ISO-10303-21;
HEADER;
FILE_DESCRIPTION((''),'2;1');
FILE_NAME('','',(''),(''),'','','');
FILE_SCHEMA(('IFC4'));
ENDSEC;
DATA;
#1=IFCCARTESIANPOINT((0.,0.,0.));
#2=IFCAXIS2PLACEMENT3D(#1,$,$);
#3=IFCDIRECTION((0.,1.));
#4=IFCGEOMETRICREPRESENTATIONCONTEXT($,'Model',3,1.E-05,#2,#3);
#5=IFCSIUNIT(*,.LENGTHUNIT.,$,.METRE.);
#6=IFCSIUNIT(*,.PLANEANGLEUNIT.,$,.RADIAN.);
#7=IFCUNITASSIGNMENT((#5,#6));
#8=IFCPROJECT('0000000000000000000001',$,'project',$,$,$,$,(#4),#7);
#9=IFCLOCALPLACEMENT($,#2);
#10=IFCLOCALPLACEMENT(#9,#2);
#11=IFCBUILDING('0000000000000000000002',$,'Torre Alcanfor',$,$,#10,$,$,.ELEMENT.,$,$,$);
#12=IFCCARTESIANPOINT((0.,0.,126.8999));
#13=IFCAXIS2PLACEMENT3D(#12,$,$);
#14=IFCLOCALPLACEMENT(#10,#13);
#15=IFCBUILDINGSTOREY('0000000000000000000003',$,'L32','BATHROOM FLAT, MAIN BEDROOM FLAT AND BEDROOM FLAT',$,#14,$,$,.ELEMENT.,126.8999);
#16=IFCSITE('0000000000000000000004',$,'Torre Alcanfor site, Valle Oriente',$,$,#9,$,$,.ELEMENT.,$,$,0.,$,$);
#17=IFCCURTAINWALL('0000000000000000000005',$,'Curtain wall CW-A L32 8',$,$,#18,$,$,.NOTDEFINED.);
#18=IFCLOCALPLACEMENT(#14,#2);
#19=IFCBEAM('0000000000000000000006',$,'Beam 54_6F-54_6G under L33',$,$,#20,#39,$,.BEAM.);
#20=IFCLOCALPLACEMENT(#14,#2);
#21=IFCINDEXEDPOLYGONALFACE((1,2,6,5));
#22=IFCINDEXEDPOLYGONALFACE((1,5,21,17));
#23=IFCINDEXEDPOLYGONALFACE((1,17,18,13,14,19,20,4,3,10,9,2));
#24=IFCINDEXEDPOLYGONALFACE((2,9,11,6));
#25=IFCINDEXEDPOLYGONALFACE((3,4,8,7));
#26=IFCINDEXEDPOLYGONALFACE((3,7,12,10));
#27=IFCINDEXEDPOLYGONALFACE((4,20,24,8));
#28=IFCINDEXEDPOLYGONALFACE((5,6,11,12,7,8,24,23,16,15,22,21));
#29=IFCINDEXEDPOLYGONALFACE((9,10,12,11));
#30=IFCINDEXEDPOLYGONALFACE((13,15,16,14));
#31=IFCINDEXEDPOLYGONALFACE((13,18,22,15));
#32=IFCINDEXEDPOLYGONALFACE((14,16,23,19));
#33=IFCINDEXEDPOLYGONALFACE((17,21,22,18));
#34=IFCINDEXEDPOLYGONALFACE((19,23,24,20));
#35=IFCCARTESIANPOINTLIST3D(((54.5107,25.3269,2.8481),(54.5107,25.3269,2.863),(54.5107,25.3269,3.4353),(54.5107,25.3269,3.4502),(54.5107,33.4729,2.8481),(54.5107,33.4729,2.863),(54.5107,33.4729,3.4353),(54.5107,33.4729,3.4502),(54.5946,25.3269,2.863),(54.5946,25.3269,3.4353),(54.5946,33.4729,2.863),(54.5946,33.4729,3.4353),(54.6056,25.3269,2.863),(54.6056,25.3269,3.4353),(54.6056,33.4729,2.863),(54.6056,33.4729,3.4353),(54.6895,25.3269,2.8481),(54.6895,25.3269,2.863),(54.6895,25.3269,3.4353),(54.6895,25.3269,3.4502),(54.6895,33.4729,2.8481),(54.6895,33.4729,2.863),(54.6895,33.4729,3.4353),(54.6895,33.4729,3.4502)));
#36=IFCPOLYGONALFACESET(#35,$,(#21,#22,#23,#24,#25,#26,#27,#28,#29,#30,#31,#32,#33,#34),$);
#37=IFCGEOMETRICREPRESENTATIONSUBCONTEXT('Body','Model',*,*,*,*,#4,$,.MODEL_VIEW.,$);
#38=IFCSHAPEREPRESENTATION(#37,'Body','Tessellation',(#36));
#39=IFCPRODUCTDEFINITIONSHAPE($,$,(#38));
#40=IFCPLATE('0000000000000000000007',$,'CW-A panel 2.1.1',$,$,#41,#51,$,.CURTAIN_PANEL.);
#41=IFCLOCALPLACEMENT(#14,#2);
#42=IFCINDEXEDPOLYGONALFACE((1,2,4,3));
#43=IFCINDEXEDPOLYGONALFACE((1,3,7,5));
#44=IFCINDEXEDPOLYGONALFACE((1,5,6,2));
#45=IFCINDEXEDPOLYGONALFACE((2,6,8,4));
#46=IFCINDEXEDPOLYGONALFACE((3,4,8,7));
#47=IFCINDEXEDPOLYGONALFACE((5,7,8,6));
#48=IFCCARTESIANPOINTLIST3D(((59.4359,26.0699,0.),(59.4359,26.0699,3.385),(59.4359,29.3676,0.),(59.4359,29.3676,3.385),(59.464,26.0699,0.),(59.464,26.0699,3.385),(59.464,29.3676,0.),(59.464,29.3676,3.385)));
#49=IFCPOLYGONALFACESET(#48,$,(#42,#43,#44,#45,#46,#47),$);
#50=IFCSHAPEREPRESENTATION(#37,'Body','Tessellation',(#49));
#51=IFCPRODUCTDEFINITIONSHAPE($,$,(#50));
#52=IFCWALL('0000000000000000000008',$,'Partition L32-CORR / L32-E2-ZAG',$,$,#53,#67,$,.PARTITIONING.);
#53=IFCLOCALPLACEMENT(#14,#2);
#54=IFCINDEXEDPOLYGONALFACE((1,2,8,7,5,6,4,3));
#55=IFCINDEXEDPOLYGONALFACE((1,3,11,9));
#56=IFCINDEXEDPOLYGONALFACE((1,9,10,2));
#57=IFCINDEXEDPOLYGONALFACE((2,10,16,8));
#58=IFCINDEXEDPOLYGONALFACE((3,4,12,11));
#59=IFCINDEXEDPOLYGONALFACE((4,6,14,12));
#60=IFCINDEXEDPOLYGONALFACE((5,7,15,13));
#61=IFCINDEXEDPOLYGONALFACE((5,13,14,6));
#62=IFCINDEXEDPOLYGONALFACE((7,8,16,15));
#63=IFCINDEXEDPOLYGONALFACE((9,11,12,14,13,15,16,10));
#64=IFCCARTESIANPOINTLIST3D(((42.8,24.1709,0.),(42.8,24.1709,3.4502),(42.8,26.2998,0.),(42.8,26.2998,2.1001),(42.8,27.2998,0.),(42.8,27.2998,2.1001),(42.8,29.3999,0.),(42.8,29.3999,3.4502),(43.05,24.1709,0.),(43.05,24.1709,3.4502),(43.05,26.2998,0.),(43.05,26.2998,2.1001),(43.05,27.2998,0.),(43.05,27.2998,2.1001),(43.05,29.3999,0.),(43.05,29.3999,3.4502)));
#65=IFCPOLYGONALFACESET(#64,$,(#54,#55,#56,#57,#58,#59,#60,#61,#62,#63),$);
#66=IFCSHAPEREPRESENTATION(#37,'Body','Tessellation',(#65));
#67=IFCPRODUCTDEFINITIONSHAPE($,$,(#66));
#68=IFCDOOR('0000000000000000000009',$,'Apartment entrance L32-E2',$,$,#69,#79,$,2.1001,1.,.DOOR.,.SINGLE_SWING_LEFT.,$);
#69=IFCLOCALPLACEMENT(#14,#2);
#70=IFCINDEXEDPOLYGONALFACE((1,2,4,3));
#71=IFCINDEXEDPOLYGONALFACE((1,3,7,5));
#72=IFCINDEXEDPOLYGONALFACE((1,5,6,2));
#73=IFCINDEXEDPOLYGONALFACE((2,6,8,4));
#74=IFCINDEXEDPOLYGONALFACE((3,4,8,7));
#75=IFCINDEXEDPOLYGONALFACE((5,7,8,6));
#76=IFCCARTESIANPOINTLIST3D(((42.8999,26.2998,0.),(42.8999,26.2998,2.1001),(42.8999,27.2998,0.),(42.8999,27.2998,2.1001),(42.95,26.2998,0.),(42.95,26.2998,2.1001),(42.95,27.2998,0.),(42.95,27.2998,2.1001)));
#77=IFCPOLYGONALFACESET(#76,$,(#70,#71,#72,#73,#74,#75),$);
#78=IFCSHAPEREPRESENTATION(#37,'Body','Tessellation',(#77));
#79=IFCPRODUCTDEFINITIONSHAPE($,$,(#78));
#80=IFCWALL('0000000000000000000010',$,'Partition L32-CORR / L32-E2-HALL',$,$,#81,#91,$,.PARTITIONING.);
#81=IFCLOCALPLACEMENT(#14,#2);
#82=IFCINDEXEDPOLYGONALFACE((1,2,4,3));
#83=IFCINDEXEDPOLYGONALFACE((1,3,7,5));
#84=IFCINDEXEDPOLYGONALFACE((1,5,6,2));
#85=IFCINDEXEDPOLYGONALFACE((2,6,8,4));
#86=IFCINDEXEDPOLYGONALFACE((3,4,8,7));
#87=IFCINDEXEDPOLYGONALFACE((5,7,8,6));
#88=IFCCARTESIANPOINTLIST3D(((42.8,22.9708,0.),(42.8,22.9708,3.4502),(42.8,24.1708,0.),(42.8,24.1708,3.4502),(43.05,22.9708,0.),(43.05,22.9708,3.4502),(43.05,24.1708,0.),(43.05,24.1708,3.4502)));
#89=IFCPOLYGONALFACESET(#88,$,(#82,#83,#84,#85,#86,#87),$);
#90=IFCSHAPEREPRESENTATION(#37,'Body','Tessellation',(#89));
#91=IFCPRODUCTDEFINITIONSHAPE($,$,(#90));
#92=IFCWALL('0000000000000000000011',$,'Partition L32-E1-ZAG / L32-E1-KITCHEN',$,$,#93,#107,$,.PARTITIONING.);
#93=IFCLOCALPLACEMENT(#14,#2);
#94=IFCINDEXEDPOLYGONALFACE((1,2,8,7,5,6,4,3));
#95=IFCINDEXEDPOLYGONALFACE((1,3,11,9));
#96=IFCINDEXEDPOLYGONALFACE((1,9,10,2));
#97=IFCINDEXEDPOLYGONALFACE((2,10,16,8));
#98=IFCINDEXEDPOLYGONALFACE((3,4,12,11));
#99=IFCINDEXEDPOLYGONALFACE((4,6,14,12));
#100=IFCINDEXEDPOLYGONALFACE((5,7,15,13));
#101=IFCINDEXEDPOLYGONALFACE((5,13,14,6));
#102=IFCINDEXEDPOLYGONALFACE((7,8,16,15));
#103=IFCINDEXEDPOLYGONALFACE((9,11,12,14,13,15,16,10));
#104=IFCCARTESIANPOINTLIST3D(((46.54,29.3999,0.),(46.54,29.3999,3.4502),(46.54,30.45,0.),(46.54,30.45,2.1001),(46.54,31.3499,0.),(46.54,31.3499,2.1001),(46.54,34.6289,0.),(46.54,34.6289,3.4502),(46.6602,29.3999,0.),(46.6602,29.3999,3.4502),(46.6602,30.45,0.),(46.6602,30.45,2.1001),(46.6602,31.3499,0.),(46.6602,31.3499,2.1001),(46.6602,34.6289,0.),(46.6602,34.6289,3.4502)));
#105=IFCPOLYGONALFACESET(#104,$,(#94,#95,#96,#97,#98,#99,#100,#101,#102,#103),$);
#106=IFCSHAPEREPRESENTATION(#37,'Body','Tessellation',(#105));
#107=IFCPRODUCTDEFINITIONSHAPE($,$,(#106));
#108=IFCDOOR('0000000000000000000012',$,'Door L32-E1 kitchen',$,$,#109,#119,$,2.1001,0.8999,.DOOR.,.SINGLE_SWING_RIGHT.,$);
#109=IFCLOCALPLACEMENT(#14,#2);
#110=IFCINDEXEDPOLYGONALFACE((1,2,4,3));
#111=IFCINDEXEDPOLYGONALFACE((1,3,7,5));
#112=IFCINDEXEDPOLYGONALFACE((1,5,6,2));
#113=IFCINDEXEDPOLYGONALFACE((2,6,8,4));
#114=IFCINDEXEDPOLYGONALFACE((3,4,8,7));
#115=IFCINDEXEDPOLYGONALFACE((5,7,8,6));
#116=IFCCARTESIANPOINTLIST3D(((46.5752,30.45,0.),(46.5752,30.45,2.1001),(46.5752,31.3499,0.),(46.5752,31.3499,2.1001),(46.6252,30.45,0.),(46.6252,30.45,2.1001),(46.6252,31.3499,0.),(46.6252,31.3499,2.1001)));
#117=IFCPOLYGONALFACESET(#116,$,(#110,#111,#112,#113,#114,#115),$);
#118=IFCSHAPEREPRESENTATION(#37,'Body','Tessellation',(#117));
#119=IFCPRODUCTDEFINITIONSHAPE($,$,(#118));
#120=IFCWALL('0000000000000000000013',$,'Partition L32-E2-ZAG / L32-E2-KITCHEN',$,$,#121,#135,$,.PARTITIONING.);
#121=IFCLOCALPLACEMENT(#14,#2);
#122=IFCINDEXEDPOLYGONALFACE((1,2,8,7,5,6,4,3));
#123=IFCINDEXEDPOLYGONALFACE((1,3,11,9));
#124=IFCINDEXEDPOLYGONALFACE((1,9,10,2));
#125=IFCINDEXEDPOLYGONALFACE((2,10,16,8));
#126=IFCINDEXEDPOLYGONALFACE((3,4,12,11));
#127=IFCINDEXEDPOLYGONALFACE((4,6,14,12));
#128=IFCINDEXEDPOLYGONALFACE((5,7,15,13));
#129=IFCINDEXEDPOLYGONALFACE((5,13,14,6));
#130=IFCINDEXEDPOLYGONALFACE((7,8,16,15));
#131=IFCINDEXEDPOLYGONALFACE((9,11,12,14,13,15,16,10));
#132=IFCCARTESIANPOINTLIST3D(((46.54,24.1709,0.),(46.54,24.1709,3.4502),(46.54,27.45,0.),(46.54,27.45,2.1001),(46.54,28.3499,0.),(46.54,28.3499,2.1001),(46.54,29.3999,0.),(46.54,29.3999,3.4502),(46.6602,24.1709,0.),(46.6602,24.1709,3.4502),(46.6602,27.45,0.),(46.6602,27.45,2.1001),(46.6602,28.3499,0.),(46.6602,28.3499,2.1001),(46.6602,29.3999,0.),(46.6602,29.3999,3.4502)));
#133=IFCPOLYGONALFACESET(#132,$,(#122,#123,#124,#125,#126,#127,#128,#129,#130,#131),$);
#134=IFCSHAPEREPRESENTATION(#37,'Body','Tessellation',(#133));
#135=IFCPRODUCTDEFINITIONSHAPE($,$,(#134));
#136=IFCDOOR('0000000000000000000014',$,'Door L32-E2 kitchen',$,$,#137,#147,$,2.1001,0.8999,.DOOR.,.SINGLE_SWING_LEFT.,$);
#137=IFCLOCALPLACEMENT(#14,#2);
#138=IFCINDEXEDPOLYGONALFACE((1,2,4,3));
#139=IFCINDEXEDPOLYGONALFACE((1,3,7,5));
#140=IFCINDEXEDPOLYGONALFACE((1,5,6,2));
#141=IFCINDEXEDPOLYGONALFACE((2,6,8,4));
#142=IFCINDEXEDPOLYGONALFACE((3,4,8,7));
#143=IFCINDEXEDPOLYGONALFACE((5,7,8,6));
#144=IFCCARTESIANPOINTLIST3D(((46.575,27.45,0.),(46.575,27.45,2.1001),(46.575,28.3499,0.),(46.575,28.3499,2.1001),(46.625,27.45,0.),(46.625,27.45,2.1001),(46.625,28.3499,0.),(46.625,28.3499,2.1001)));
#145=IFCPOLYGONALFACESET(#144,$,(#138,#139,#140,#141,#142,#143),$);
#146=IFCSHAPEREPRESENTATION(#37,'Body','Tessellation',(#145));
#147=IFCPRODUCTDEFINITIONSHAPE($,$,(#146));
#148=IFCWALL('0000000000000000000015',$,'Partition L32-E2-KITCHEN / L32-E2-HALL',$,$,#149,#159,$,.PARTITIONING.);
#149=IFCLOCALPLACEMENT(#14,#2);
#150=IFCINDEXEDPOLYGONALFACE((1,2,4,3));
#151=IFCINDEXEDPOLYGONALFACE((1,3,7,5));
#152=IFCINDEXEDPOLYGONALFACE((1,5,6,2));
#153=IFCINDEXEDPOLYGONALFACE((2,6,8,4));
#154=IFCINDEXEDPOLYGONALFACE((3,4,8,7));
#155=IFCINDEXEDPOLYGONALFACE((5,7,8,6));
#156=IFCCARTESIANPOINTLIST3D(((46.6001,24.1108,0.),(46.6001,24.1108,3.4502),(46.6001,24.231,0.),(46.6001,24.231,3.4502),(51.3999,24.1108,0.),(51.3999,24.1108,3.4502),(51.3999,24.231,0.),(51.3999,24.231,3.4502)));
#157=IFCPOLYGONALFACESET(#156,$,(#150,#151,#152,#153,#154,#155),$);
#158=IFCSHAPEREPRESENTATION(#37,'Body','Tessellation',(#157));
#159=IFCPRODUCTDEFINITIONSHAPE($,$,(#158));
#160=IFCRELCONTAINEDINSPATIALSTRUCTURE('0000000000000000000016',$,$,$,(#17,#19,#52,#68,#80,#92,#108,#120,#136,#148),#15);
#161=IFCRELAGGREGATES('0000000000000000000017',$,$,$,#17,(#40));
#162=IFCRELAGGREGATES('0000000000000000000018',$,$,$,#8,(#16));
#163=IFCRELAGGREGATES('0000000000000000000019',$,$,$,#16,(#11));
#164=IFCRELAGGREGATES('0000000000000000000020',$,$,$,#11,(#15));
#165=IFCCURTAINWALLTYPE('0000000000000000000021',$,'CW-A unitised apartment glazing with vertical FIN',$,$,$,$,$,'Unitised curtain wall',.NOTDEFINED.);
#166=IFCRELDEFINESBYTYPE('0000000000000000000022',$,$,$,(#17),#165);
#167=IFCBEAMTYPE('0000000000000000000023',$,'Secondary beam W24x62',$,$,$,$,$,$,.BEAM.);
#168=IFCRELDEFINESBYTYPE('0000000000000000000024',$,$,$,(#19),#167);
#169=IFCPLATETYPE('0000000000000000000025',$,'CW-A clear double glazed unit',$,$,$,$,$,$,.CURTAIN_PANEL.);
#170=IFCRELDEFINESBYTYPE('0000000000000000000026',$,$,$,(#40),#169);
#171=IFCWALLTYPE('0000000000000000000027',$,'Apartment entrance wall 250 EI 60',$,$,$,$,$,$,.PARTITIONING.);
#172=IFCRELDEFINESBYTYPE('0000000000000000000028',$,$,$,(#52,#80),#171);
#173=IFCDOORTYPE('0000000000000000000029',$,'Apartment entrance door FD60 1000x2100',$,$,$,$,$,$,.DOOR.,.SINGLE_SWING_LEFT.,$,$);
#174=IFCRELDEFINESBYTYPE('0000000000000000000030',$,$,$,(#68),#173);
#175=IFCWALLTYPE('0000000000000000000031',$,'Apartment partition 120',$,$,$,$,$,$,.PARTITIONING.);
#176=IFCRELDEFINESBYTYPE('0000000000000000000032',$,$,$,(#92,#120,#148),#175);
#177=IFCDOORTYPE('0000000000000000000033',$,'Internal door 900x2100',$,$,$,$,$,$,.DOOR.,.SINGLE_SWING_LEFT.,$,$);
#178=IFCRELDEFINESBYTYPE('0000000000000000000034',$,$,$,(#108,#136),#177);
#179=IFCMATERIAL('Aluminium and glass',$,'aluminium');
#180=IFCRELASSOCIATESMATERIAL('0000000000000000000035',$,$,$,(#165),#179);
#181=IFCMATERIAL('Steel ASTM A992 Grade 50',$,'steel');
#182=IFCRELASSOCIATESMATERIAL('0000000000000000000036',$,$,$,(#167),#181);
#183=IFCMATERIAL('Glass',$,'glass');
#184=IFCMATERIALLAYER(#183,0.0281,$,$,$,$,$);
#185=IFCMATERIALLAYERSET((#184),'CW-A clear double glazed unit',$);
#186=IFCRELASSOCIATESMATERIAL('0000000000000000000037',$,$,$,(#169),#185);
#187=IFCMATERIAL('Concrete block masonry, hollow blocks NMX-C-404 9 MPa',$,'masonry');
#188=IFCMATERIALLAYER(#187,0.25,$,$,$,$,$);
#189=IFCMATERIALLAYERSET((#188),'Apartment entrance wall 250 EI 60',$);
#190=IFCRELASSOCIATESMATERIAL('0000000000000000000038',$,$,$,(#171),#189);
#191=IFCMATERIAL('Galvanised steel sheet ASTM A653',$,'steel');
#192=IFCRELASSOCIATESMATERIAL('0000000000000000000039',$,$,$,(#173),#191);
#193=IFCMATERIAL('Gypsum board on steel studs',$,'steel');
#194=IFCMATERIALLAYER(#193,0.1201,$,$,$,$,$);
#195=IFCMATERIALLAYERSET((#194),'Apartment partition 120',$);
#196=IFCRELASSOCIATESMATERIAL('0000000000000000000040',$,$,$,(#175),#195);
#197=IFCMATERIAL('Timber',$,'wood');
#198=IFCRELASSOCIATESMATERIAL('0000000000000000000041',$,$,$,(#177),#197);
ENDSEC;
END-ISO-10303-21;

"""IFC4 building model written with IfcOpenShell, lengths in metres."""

from ifc_helpers import new_model, si_unit, direction, frame, frame_2d, origin, origin_2d, place, context, subcontext, project, spatial, rectangle, i_section, extrude, material, layer, layer_set, material_profile, profile_set, type_object, element, fill, aggregate, save


model = new_model("IFC4")

# Units and contexts
model_context = context("Model", 3, precision=1e-05, world=origin(), true_north=direction((0.0, 1.0)))
body_context = subcontext(model_context, "Body", "Model", "MODEL_VIEW")
ifc_project = project(units=[si_unit("LENGTHUNIT", "METRE"), si_unit("PLANEANGLEUNIT", "RADIAN")], contexts=[model_context])

# Site, building, storey
site_placement = place(None, origin())
site = spatial("IfcSite", under=ifc_project, at=site_placement, Name="Torre Alcanfor site, Valle Oriente", CompositionType="ELEMENT", RefElevation=0.0)
building_placement = place(site_placement, origin())
building = spatial("IfcBuilding", under=site, at=building_placement, Name="Torre Alcanfor", CompositionType="ELEMENT")
storey_placement = place(building_placement, frame((0.0, 0.0, 126.8999)))
storey = spatial("IfcBuildingStorey", under=building, at=storey_placement, Name="L32", Description="BATHROOM FLAT, MAIN BEDROOM FLAT AND BEDROOM FLAT", CompositionType="ELEMENT", Elevation=126.8999)

# Curtain wall
ifc_material_1 = material(Name="Aluminium and glass", Category="aluminium")
curtain_wall_type = type_object("IfcCurtainWallType", Name="CW-A unitised apartment glazing with vertical FIN", ElementType="Unitised curtain wall", PredefinedType="NOTDEFINED", material=ifc_material_1)
curtain_wall_placement = place(storey_placement, origin())
curtain_wall = element("IfcCurtainWall", 1, at=curtain_wall_placement, inside=storey, type_object=curtain_wall_type, Name="Curtain wall CW-A L32 8", PredefinedType="NOTDEFINED")

# Beam
ifc_material_2 = material(Name="Steel ASTM A992 Grade 50", Category="steel")
ifc_material_profile_1 = material_profile(ifc_material_2, i_section(OverallWidth=0.1787, OverallDepth=0.6021, WebThickness=0.011, FlangeThickness=0.0149, at=origin_2d()), Name="W24x62")
ifc_profile_set_1 = profile_set([ifc_material_profile_1], Name="Steel ASTM A992 Grade 50")
beam_type_1 = type_object("IfcBeamType", Name="Secondary beam W24x62", PredefinedType="BEAM", material=ifc_profile_set_1)
for number, where, z_axis, x_axis, name in (
    (2, (54.6001, 25.3269, 3.1492), (0.0, 1.0, 0.0), (-1.0, 0.0, 0.0), "Beam 54_6F-54_6G under L33"),
):
    element("IfcBeam", number, at=place(storey_placement, frame(where, z_axis=z_axis, x_axis=x_axis)), inside=storey, type_object=beam_type_1, Name=name, PredefinedType="BEAM", context=body_context, shape_type="SweptSolid", body=[
        extrude(i_section(OverallWidth=0.1787, OverallDepth=0.6021, WebThickness=0.011, FlangeThickness=0.0149, at=origin_2d()), origin(), (0.0, 0.0, 1.0), 8.146),
    ])

# Plate
ifc_material_3 = material(Name="Glass", Category="glass")
ifc_layer_1 = layer(ifc_material_3, 0.0281)
ifc_layer_set_1 = layer_set([ifc_layer_1], Name="CW-A clear double glazed unit")
plate_type = type_object("IfcPlateType", Name="CW-A clear double glazed unit", PredefinedType="CURTAIN_PANEL", material=ifc_layer_set_1)
plate_placement = place(storey_placement, frame((59.45, 27.7188, 0.0), z_axis=(0.0, 0.0, 1.0), x_axis=(0.0, 1.0, 0.0)))
plate = element("IfcPlate", 3, at=plate_placement, type_object=plate_type, Name="CW-A panel 2.1.1", PredefinedType="CURTAIN_PANEL", context=body_context, shape_type="SweptSolid", body=[
    extrude(rectangle(XDim=3.2976, YDim=0.0281, at=origin_2d()), origin(), (0.0, 0.0, 1.0), 3.385),
])
aggregate(curtain_wall, [plate])

# Wall, opening, door
ifc_material_4 = material(Name="Concrete block masonry, hollow blocks NMX-C-404 9 MPa", Category="masonry")
ifc_layer_2 = layer(ifc_material_4, 0.25)
ifc_layer_set_2 = layer_set([ifc_layer_2], Name="Apartment entrance wall 250 EI 60")
wall_type_1 = type_object("IfcWallType", Name="Apartment entrance wall 250 EI 60", PredefinedType="PARTITIONING", material=ifc_layer_set_2)
wall_1_placement = place(storey_placement, frame((42.925, 29.3999, 0.0), z_axis=(0.0, 0.0, 1.0), x_axis=(0.0, -1.0, 0.0)))
wall_1 = element("IfcWall", 4, at=wall_1_placement, inside=storey, type_object=wall_type_1, Name="Partition L32-CORR / L32-E2-ZAG", PredefinedType="PARTITIONING", context=body_context, shape_type="SweptSolid", body=[
    extrude(rectangle(XDim=5.229, YDim=0.25, at=frame_2d((2.6145, 0.0))), origin(), (0.0, 0.0, 1.0), 3.4502),
])
opening_1_placement = place(wall_1_placement, frame((2.1001, 0.0, 0.0)))
opening_1 = element("IfcOpeningElement", 5, at=opening_1_placement, cuts=wall_1, PredefinedType="OPENING", context=body_context, shape_type="SweptSolid", body=[
    extrude(rectangle(XDim=1.0, YDim=2.1001, at=frame_2d((0.5, 1.05))), frame((0.0, 0.135, 0.0), z_axis=(0.0, -1.0, 0.0), x_axis=(1.0, 0.0, 0.0)), (0.0, 0.0, 1.0), 0.27),
])
ifc_material_5 = material(Name="Galvanised steel sheet ASTM A653", Category="steel")
door_type_1 = type_object("IfcDoorType", Name="Apartment entrance door FD60 1000x2100", OperationType="SINGLE_SWING_LEFT", PredefinedType="DOOR", material=ifc_material_5)
door_1_placement = place(opening_1_placement, origin())
door_1 = element("IfcDoor", 6, at=door_1_placement, inside=storey, type_object=door_type_1, Name="Apartment entrance L32-E2", OperationType="SINGLE_SWING_LEFT", OverallHeight=2.1001, OverallWidth=1.0, PredefinedType="DOOR", context=body_context, shape_type="SweptSolid", body=[
    extrude(rectangle(XDim=1.0, YDim=2.1001, at=frame_2d((0.5, 1.05))), frame((0.0, 0.0249, 0.0), z_axis=(0.0, -1.0, 0.0), x_axis=(1.0, 0.0, 0.0)), (0.0, 0.0, 1.0), 0.05),
])
fill(opening_1, door_1)

# Wall
wall_2_placement = place(storey_placement, frame((42.925, 24.1709, 0.0), z_axis=(0.0, 0.0, 1.0), x_axis=(0.0, -1.0, 0.0)))
element("IfcWall", 7, at=wall_2_placement, inside=storey, type_object=wall_type_1, Name="Partition L32-CORR / L32-E2-HALL", PredefinedType="PARTITIONING", context=body_context, shape_type="SweptSolid", body=[
    extrude(rectangle(XDim=1.2, YDim=0.25, at=frame_2d((0.6001, 0.0))), origin(), (0.0, 0.0, 1.0), 3.4502),
])

# Walls, openings, doors
ifc_material_6 = material(Name="Gypsum board on steel studs", Category="steel")
ifc_layer_3 = layer(ifc_material_6, 0.1201)
ifc_layer_set_3 = layer_set([ifc_layer_3], Name="Apartment partition 120")
wall_type_2 = type_object("IfcWallType", Name="Apartment partition 120", PredefinedType="PARTITIONING", material=ifc_layer_set_3)
wall_3_placement = place(storey_placement, frame((46.6001, 29.3999, 0.0), z_axis=(0.0, 0.0, 1.0), x_axis=(0.0, 1.0, 0.0)))
wall_3 = element("IfcWall", 8, at=wall_3_placement, inside=storey, type_object=wall_type_2, Name="Partition L32-E1-ZAG / L32-E1-KITCHEN", PredefinedType="PARTITIONING", context=body_context, shape_type="SweptSolid", body=[
    extrude(rectangle(XDim=5.229, YDim=0.1201, at=frame_2d((2.6145, 0.0))), origin(), (0.0, 0.0, 1.0), 3.4502),
])
opening_2_placement = place(wall_3_placement, frame((1.05, 0.0, 0.0)))
opening_2 = element("IfcOpeningElement", 9, at=opening_2_placement, cuts=wall_3, PredefinedType="OPENING", context=body_context, shape_type="SweptSolid", body=[
    extrude(rectangle(XDim=0.8999, YDim=2.1001, at=frame_2d((0.45, 1.05))), frame((0.0, 0.0701, 0.0), z_axis=(0.0, -1.0, 0.0), x_axis=(1.0, 0.0, 0.0)), (0.0, 0.0, 1.0), 0.1401),
])
ifc_material_7 = material(Name="Timber", Category="wood")
door_type_2 = type_object("IfcDoorType", Name="Internal door 900x2100", OperationType="SINGLE_SWING_LEFT", PredefinedType="DOOR", material=ifc_material_7)
door_2_placement = place(opening_2_placement, frame((0.8999, 0.0, 0.0), z_axis=(0.0, 0.0, 1.0), x_axis=(-1.0, 0.0, 0.0)))
door_2 = element("IfcDoor", 10, at=door_2_placement, inside=storey, type_object=door_type_2, Name="Door L32-E1 kitchen", OperationType="SINGLE_SWING_RIGHT", OverallHeight=2.1001, OverallWidth=0.8999, PredefinedType="DOOR", context=body_context, shape_type="SweptSolid", body=[
    extrude(rectangle(XDim=0.8999, YDim=2.1001, at=frame_2d((0.45, 1.05))), frame((0.0, 0.0251, 0.0), z_axis=(0.0, -1.0, 0.0), x_axis=(1.0, 0.0, 0.0)), (0.0, 0.0, 1.0), 0.05),
])
fill(opening_2, door_2)
wall_4_placement = place(storey_placement, frame((46.6001, 29.3999, 0.0), z_axis=(0.0, 0.0, 1.0), x_axis=(0.0, -1.0, 0.0)))
wall_4 = element("IfcWall", 11, at=wall_4_placement, inside=storey, type_object=wall_type_2, Name="Partition L32-E2-ZAG / L32-E2-KITCHEN", PredefinedType="PARTITIONING", context=body_context, shape_type="SweptSolid", body=[
    extrude(rectangle(XDim=5.229, YDim=0.1201, at=frame_2d((2.6145, 0.0))), origin(), (0.0, 0.0, 1.0), 3.4502),
])
opening_3_placement = place(wall_4_placement, frame((1.05, 0.0, 0.0)))
opening_3 = element("IfcOpeningElement", 12, at=opening_3_placement, cuts=wall_4, PredefinedType="OPENING", context=body_context, shape_type="SweptSolid", body=[
    extrude(rectangle(XDim=0.8999, YDim=2.1001, at=frame_2d((0.45, 1.05))), frame((0.0, 0.0701, 0.0), z_axis=(0.0, -1.0, 0.0), x_axis=(1.0, 0.0, 0.0)), (0.0, 0.0, 1.0), 0.1401),
])
door_3_placement = place(opening_3_placement, origin())
door_3 = element("IfcDoor", 13, at=door_3_placement, inside=storey, type_object=door_type_2, Name="Door L32-E2 kitchen", OperationType="SINGLE_SWING_LEFT", OverallHeight=2.1001, OverallWidth=0.8999, PredefinedType="DOOR", context=body_context, shape_type="SweptSolid", body=[
    extrude(rectangle(XDim=0.8999, YDim=2.1001, at=frame_2d((0.45, 1.05))), frame((0.0, 0.0249, 0.0), z_axis=(0.0, -1.0, 0.0), x_axis=(1.0, 0.0, 0.0)), (0.0, 0.0, 1.0), 0.05),
])
fill(opening_3, door_3)

# Wall
wall_5_placement = place(storey_placement, frame((51.3999, 24.1709, 0.0), z_axis=(0.0, 0.0, 1.0), x_axis=(-1.0, 0.0, 0.0)))
element("IfcWall", 14, at=wall_5_placement, inside=storey, type_object=wall_type_2, Name="Partition L32-E2-KITCHEN / L32-E2-HALL", PredefinedType="PARTITIONING", context=body_context, shape_type="SweptSolid", body=[
    extrude(rectangle(XDim=4.7998, YDim=0.1201, at=frame_2d((2.3999, 0.0))), origin(), (0.0, 0.0, 1.0), 3.4502),
])

save(model, "model.ifc")
